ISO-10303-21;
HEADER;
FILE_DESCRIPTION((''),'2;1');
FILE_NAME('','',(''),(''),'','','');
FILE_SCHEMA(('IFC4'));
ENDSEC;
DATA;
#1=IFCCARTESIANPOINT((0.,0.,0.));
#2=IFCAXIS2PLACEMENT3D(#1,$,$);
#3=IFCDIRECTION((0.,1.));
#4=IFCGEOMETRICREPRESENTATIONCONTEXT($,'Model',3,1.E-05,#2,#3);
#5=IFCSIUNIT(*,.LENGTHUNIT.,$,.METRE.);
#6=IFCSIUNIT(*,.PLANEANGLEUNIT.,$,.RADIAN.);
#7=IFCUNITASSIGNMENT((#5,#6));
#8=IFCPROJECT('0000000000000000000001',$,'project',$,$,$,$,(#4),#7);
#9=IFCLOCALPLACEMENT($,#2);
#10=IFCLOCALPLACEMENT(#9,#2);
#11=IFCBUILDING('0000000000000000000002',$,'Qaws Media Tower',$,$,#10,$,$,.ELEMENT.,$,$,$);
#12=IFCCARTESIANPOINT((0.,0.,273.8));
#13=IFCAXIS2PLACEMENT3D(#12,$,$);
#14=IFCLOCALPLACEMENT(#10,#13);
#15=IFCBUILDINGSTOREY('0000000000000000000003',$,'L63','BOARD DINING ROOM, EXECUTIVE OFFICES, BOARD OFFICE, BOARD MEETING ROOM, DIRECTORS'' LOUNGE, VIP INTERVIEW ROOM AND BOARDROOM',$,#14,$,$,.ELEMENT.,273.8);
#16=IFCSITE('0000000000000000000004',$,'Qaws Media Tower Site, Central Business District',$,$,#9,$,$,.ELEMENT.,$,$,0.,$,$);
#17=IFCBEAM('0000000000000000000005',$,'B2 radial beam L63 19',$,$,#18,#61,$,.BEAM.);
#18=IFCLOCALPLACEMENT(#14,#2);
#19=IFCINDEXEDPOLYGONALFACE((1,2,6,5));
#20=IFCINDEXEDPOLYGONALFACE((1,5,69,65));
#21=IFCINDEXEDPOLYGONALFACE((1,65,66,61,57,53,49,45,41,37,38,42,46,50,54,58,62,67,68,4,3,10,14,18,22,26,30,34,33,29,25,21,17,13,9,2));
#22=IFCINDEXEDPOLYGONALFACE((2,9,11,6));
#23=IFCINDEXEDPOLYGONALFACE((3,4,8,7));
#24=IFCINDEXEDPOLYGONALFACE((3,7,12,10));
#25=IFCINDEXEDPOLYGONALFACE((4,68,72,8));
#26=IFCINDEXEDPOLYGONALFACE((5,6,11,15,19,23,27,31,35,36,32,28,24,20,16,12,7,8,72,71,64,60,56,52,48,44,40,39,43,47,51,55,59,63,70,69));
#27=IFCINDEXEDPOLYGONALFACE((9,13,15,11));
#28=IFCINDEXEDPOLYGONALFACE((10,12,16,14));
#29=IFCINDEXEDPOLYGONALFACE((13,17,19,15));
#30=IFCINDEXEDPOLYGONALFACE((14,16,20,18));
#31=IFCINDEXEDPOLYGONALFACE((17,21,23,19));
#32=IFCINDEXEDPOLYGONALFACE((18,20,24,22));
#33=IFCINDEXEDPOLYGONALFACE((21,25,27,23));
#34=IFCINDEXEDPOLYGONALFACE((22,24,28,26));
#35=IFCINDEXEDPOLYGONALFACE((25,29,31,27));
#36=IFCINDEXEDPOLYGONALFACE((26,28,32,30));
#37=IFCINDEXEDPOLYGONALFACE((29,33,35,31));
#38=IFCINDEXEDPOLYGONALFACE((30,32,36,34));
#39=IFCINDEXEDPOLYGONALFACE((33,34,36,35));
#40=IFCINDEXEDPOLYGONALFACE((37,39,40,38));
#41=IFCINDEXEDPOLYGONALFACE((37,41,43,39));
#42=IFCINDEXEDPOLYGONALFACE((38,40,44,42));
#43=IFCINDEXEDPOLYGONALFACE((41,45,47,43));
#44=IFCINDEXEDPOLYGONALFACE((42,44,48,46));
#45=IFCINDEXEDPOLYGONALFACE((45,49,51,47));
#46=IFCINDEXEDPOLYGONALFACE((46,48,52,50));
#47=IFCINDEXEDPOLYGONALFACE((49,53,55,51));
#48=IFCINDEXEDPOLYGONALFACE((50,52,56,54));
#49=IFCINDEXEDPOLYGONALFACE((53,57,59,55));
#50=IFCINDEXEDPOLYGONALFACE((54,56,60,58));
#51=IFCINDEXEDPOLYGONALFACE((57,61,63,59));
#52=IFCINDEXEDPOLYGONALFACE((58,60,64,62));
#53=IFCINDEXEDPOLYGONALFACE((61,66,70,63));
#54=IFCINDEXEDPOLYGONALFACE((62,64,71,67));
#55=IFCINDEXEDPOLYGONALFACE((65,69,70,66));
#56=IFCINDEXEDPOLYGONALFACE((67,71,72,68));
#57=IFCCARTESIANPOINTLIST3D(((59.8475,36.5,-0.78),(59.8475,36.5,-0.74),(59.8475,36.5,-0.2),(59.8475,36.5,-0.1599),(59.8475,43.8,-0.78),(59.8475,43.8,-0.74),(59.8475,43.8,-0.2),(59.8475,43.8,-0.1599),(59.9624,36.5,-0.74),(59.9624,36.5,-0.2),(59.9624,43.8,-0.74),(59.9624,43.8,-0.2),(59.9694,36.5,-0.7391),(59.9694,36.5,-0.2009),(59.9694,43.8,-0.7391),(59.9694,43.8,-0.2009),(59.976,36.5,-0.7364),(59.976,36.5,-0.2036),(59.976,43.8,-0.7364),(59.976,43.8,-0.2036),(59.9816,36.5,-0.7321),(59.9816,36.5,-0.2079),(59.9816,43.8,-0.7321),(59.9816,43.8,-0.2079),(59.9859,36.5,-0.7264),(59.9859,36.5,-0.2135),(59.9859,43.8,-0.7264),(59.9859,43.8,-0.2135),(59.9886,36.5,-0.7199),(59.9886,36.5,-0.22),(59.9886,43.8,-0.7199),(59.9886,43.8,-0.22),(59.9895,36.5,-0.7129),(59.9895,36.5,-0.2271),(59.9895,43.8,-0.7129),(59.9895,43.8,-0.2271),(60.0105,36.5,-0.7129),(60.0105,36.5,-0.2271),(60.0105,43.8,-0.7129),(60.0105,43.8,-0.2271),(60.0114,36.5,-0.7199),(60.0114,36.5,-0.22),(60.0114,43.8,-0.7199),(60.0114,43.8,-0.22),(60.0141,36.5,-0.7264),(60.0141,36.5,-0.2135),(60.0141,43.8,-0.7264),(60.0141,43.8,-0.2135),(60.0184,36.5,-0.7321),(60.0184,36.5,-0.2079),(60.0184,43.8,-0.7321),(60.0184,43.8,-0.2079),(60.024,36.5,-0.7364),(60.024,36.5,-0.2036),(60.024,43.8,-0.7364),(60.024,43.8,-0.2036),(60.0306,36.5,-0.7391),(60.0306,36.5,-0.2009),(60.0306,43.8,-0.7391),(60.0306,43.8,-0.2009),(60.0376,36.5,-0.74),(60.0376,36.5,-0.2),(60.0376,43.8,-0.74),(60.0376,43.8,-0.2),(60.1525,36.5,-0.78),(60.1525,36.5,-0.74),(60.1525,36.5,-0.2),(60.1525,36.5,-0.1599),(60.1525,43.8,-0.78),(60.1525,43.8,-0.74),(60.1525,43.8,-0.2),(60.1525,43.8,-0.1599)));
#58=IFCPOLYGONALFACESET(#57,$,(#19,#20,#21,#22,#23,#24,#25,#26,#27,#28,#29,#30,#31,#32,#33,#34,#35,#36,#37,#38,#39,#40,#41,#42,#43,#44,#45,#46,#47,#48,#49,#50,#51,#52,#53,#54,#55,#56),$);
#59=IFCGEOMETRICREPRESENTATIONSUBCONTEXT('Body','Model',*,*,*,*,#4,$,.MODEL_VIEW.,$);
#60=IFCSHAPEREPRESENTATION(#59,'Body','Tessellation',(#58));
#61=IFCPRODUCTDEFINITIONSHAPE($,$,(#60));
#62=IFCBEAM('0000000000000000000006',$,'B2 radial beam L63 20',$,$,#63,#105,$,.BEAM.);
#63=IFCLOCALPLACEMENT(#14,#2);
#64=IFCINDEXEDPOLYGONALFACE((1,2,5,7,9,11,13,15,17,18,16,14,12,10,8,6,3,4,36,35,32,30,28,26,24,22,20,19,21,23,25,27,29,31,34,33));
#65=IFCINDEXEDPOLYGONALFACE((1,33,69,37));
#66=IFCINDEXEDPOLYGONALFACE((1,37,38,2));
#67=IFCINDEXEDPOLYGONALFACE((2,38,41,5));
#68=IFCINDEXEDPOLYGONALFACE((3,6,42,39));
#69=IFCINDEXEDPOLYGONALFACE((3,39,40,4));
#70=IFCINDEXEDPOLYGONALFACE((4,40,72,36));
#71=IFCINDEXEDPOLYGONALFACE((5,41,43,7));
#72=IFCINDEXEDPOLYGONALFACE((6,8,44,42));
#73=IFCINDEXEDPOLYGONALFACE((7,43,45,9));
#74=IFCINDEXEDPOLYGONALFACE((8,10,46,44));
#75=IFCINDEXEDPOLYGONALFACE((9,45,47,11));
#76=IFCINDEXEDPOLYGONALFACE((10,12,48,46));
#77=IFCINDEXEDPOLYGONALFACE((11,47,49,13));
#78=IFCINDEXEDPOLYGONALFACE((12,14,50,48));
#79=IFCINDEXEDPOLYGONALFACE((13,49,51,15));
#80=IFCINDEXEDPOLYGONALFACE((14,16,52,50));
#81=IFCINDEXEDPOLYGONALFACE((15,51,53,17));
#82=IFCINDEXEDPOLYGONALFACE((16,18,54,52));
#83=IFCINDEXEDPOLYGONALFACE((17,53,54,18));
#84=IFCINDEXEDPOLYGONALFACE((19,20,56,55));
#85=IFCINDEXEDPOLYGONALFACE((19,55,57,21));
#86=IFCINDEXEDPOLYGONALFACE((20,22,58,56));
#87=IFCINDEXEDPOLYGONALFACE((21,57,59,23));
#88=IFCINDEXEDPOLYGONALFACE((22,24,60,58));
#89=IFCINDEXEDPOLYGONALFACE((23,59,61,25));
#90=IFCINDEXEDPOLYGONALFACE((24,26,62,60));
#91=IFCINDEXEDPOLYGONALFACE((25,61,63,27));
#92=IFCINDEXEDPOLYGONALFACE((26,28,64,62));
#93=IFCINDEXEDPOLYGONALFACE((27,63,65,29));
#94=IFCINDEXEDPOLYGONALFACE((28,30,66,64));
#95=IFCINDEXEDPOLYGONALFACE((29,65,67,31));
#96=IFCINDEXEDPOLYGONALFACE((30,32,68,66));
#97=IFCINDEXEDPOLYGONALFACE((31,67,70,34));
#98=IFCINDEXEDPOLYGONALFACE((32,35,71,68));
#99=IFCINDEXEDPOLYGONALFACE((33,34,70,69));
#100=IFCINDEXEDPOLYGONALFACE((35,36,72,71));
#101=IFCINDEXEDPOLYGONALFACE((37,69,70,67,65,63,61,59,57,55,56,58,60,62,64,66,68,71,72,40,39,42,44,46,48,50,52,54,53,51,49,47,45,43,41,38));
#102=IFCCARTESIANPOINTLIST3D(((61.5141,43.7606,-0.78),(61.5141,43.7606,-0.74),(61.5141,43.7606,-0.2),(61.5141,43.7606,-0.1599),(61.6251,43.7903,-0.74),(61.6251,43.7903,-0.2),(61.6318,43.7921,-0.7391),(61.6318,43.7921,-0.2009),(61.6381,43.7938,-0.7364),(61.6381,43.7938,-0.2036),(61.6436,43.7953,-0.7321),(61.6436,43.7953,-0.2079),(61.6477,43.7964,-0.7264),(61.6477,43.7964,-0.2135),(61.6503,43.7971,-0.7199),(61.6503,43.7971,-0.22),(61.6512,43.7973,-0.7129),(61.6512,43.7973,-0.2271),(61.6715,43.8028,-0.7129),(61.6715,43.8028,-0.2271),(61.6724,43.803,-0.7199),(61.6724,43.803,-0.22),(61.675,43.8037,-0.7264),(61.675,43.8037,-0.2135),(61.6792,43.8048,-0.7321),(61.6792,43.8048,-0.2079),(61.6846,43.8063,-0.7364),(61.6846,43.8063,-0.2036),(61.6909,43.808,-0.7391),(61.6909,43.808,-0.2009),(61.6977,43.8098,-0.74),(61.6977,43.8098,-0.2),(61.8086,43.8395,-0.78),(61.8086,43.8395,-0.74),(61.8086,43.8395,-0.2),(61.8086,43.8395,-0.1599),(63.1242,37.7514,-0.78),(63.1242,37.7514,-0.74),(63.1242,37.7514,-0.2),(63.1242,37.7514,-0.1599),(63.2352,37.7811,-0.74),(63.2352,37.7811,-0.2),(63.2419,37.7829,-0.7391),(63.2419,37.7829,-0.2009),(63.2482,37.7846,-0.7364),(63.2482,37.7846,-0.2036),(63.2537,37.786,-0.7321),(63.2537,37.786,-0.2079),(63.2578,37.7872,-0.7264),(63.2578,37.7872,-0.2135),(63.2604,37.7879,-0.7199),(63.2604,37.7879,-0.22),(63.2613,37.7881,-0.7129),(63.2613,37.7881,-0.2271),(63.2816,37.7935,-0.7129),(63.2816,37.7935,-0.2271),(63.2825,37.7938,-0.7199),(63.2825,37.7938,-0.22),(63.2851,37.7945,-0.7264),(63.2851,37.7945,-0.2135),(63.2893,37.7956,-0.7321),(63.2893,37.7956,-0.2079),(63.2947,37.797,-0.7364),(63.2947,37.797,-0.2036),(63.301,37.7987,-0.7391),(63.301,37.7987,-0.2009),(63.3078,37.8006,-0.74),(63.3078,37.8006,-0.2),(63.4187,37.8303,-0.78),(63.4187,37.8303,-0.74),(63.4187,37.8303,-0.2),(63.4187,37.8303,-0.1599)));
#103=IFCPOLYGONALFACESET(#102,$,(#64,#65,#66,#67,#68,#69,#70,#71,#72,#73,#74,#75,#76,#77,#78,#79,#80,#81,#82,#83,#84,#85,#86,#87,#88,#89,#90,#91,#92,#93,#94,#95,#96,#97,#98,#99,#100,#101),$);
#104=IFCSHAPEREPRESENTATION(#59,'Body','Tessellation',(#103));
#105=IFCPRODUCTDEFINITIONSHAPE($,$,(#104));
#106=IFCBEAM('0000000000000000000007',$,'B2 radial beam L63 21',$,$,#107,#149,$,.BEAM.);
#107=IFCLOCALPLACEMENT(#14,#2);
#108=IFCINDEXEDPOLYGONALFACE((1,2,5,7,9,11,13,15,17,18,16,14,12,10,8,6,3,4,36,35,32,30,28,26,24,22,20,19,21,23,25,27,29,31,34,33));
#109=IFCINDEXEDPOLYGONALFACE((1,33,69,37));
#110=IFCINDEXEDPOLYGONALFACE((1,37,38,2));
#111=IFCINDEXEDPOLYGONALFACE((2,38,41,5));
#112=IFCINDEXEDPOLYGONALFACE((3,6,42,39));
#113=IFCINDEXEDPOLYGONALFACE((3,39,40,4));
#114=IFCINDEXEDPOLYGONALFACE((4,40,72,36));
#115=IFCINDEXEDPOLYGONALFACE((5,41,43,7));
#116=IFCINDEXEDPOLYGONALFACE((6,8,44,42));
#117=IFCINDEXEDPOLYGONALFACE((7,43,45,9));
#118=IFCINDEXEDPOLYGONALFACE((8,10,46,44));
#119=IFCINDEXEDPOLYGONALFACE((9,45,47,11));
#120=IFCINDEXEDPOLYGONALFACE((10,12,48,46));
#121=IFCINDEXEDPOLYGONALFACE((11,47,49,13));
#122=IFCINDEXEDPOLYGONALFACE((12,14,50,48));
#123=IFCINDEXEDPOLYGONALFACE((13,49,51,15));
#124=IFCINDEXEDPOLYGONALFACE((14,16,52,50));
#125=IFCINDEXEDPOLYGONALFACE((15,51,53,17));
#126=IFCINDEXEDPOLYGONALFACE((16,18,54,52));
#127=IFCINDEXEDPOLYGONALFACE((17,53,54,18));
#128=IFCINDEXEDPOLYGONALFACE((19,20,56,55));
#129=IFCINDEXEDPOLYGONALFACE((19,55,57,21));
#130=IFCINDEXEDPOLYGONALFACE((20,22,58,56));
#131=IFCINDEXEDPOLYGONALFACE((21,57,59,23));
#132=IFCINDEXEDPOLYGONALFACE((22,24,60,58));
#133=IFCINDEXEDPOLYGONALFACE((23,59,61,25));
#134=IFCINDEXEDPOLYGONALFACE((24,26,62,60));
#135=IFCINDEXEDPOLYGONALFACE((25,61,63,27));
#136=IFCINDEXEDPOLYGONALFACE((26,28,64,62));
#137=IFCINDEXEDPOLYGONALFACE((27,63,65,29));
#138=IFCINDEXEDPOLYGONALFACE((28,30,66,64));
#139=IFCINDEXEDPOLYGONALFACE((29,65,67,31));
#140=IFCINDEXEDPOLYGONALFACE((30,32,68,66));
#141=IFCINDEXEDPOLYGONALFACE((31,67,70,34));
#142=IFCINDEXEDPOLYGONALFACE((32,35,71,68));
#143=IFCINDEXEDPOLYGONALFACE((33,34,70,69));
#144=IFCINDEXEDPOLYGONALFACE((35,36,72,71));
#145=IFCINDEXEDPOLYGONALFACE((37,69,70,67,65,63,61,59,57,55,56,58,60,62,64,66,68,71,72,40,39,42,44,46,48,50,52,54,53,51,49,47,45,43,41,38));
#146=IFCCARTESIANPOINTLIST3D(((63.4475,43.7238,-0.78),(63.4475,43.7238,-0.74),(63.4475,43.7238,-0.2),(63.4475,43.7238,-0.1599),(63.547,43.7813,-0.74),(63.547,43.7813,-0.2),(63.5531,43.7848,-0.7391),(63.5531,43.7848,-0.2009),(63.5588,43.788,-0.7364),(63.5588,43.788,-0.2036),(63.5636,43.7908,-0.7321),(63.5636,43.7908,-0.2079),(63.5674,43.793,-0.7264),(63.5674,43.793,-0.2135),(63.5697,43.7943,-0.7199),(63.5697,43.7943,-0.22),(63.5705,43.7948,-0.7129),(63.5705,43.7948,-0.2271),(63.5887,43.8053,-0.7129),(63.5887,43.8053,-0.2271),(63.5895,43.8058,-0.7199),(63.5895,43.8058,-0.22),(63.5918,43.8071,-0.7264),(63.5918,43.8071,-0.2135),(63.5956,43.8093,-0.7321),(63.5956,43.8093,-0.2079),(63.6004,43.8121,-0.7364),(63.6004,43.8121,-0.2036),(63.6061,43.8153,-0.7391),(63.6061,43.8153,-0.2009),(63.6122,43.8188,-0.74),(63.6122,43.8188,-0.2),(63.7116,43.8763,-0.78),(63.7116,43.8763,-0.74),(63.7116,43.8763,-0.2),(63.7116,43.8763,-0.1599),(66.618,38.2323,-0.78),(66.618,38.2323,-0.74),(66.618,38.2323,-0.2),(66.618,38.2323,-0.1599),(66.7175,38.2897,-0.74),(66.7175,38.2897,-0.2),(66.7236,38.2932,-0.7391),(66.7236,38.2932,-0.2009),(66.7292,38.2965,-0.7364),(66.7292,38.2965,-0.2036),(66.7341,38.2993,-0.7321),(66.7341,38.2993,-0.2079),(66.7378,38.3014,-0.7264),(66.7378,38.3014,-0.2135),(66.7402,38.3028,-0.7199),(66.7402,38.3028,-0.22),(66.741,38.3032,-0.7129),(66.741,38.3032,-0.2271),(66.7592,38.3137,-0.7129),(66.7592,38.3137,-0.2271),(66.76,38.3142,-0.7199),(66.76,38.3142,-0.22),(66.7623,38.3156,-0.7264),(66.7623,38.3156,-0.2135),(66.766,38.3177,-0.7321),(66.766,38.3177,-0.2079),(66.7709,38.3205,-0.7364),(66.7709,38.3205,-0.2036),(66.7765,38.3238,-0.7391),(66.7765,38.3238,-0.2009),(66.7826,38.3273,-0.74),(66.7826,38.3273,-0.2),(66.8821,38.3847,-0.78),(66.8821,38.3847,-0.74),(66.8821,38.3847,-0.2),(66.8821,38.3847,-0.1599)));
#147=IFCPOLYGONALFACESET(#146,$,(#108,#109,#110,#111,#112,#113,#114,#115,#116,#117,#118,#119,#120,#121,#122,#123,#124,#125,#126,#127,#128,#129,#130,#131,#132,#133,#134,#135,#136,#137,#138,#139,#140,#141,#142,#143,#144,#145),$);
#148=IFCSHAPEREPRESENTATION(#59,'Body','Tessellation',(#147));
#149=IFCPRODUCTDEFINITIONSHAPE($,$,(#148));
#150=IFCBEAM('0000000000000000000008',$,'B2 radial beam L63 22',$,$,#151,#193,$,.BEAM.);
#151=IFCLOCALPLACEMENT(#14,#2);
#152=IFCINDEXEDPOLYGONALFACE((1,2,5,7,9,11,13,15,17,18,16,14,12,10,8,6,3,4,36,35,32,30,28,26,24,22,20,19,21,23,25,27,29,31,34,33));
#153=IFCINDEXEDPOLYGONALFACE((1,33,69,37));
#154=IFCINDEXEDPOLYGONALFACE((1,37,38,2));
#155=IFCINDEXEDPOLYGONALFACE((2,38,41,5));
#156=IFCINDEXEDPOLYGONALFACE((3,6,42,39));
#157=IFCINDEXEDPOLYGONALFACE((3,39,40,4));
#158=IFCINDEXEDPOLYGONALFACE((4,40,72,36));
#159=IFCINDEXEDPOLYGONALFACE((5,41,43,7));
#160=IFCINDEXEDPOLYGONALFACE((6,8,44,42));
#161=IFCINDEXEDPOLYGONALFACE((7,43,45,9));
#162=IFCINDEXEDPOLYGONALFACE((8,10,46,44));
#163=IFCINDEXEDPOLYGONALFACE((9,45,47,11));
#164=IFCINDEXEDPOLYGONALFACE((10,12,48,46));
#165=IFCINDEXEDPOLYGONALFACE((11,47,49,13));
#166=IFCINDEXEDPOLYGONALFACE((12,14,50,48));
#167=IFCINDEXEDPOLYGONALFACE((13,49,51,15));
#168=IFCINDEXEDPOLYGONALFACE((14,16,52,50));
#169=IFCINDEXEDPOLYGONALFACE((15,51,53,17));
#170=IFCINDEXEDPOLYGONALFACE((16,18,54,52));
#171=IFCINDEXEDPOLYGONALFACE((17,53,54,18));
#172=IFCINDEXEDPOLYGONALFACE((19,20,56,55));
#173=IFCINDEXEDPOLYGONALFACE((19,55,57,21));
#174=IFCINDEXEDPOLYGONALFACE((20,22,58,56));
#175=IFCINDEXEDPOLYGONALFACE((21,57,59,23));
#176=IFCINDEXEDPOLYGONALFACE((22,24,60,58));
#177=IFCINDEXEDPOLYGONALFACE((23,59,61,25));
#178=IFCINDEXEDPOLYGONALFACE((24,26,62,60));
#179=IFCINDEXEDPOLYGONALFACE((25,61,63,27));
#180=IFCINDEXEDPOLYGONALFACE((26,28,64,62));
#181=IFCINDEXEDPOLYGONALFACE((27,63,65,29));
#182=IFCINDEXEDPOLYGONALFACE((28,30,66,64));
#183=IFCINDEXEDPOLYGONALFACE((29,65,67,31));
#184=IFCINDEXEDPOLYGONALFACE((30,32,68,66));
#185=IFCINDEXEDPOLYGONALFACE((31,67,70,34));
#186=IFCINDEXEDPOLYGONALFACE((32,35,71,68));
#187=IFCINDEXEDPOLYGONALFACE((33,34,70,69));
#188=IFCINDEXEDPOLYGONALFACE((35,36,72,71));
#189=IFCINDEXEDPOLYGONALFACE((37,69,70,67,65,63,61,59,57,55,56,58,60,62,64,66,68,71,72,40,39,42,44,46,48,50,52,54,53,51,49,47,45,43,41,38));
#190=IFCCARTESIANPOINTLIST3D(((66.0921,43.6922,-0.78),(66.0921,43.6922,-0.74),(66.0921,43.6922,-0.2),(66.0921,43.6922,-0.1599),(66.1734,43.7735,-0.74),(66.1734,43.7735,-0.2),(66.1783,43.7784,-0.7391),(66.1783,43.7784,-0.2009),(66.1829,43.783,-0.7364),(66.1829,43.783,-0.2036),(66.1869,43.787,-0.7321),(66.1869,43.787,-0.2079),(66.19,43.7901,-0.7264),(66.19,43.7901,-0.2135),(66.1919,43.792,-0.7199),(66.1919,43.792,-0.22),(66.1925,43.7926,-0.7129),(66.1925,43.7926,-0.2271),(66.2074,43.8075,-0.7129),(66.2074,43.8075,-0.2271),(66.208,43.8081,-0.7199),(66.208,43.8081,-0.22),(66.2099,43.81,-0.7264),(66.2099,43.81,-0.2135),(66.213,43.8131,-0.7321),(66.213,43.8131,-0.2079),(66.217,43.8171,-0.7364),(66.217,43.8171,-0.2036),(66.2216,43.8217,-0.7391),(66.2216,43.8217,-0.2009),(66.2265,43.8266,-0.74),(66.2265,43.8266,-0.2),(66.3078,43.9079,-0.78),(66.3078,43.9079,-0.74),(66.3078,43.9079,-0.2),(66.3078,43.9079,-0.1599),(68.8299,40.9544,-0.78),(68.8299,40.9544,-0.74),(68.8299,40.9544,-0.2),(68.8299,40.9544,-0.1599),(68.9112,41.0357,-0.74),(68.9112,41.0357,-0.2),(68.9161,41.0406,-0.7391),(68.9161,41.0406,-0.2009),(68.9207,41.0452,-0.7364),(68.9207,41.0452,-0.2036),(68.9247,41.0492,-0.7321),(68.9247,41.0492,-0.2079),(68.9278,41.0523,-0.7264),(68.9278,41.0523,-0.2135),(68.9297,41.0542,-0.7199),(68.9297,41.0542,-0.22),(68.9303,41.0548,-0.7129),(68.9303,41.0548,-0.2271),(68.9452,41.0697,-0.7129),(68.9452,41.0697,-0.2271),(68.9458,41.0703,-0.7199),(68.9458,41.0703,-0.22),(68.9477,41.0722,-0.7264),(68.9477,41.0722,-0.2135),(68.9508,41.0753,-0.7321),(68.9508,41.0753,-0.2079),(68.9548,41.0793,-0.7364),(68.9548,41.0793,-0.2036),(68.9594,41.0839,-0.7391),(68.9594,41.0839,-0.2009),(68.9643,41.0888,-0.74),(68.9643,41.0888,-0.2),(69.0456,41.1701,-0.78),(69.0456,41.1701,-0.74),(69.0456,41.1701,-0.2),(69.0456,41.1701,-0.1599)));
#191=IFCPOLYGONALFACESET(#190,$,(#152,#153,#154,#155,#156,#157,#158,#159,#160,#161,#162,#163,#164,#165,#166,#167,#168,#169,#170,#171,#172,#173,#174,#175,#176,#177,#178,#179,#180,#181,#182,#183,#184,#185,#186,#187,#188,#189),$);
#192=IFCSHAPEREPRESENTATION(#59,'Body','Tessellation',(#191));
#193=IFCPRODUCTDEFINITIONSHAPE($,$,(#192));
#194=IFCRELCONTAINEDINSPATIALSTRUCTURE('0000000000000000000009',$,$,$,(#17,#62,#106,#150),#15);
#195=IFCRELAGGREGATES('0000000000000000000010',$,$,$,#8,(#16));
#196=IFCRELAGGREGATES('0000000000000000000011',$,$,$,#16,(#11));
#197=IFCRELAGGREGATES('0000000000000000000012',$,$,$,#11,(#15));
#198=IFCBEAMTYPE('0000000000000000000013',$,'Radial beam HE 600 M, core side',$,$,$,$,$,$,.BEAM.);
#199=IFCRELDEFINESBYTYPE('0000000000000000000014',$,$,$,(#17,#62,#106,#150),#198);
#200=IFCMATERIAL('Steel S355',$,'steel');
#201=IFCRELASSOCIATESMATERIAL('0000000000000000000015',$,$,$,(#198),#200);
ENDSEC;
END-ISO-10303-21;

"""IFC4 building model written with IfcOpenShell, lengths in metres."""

from ifc_helpers import new_model, si_unit, direction, frame, origin, origin_2d, place, context, subcontext, project, spatial, i_section, extrude, material, material_profile, profile_set, type_object, element, save


model = new_model("IFC4")

# Units and contexts
model_context = context("Model", 3, precision=1e-05, world=origin(), true_north=direction((0.0, 1.0)))
body_context = subcontext(model_context, "Body", "Model", "MODEL_VIEW")
ifc_project = project(units=[si_unit("LENGTHUNIT", "METRE"), si_unit("PLANEANGLEUNIT", "RADIAN")], contexts=[model_context])

# Site, building, storey
site_placement = place(None, origin())
site = spatial("IfcSite", under=ifc_project, at=site_placement, Name="Qaws Media Tower Site, Central Business District", CompositionType="ELEMENT", RefElevation=0.0)
building_placement = place(site_placement, origin())
building = spatial("IfcBuilding", under=site, at=building_placement, Name="Qaws Media Tower", CompositionType="ELEMENT")
storey_placement = place(building_placement, frame((0.0, 0.0, 273.8)))
storey = spatial("IfcBuildingStorey", under=building, at=storey_placement, Name="L63", Description="BOARD DINING ROOM, EXECUTIVE OFFICES, BOARD OFFICE, BOARD MEETING ROOM, DIRECTORS' LOUNGE, VIP INTERVIEW ROOM AND BOARDROOM", CompositionType="ELEMENT", Elevation=273.8)

# Beams
ifc_material_1 = material(Name="Steel S355", Category="steel")
ifc_material_profile_1 = material_profile(ifc_material_1, i_section(OverallWidth=0.3049, OverallDepth=0.6201, WebThickness=0.021, FlangeThickness=0.04, FilletRadius=0.0271, at=origin_2d()), Name="HE 600 M")
ifc_profile_set_1 = profile_set([ifc_material_profile_1], Name="Steel S355")
beam_type_1 = type_object("IfcBeamType", Name="Radial beam HE 600 M, core side", PredefinedType="BEAM", material=ifc_profile_set_1)
beam_1_placement = place(storey_placement, frame((60.0, 43.8, -0.47), z_axis=(0.0, -1.0, 0.0), x_axis=(1.0, 0.0, 0.0)))
element("IfcBeam", 1, at=beam_1_placement, inside=storey, type_object=beam_type_1, Name="B2 radial beam L63 19", PredefinedType="BEAM", context=body_context, shape_type="SweptSolid", body=[
    extrude(i_section(OverallWidth=0.3049, OverallDepth=0.6201, WebThickness=0.021, FlangeThickness=0.04, FilletRadius=0.0271, at=origin_2d()), origin(), (0.0, 0.0, 1.0), 7.3),
])
beam_2_placement = place(storey_placement, frame((61.6614, 43.8, -0.47), z_axis=(0.258808, -0.965929, 0.0), x_axis=(0.965929, 0.258808, 0.0)))
element("IfcBeam", 2, at=beam_2_placement, inside=storey, type_object=beam_type_1, Name="B2 radial beam L63 20", PredefinedType="BEAM", context=body_context, shape_type="SweptSolid", body=[
    extrude(i_section(OverallWidth=0.3049, OverallDepth=0.6201, WebThickness=0.021, FlangeThickness=0.04, FilletRadius=0.0271, at=origin_2d()), origin(), (0.0, 0.0, 1.0), 6.2212),
])
beam_3_placement = place(storey_placement, frame((63.5796, 43.8, -0.47), z_axis=(0.49999, -0.866031, 0.0), x_axis=(0.866031, 0.49999, 0.0)))
element("IfcBeam", 3, at=beam_3_placement, inside=storey, type_object=beam_type_1, Name="B2 radial beam L63 21", PredefinedType="BEAM", context=body_context, shape_type="SweptSolid", body=[
    extrude(i_section(OverallWidth=0.3049, OverallDepth=0.6201, WebThickness=0.021, FlangeThickness=0.04, FilletRadius=0.0271, at=origin_2d()), origin(), (0.0, 0.0, 1.0), 6.3411),
])
beam_4_placement = place(storey_placement, frame((66.2, 43.8, -0.47), z_axis=(0.707107, -0.707107, 0.0), x_axis=(0.707107, 0.707107, 0.0)))
element("IfcBeam", 4, at=beam_4_placement, inside=storey, type_object=beam_type_1, Name="B2 radial beam L63 22", PredefinedType="BEAM", context=body_context, shape_type="SweptSolid", body=[
    extrude(i_section(OverallWidth=0.3049, OverallDepth=0.6201, WebThickness=0.021, FlangeThickness=0.04, FilletRadius=0.0271, at=origin_2d()), origin(), (0.0, 0.0, 1.0), 3.8718),
])

save(model, "model.ifc")
